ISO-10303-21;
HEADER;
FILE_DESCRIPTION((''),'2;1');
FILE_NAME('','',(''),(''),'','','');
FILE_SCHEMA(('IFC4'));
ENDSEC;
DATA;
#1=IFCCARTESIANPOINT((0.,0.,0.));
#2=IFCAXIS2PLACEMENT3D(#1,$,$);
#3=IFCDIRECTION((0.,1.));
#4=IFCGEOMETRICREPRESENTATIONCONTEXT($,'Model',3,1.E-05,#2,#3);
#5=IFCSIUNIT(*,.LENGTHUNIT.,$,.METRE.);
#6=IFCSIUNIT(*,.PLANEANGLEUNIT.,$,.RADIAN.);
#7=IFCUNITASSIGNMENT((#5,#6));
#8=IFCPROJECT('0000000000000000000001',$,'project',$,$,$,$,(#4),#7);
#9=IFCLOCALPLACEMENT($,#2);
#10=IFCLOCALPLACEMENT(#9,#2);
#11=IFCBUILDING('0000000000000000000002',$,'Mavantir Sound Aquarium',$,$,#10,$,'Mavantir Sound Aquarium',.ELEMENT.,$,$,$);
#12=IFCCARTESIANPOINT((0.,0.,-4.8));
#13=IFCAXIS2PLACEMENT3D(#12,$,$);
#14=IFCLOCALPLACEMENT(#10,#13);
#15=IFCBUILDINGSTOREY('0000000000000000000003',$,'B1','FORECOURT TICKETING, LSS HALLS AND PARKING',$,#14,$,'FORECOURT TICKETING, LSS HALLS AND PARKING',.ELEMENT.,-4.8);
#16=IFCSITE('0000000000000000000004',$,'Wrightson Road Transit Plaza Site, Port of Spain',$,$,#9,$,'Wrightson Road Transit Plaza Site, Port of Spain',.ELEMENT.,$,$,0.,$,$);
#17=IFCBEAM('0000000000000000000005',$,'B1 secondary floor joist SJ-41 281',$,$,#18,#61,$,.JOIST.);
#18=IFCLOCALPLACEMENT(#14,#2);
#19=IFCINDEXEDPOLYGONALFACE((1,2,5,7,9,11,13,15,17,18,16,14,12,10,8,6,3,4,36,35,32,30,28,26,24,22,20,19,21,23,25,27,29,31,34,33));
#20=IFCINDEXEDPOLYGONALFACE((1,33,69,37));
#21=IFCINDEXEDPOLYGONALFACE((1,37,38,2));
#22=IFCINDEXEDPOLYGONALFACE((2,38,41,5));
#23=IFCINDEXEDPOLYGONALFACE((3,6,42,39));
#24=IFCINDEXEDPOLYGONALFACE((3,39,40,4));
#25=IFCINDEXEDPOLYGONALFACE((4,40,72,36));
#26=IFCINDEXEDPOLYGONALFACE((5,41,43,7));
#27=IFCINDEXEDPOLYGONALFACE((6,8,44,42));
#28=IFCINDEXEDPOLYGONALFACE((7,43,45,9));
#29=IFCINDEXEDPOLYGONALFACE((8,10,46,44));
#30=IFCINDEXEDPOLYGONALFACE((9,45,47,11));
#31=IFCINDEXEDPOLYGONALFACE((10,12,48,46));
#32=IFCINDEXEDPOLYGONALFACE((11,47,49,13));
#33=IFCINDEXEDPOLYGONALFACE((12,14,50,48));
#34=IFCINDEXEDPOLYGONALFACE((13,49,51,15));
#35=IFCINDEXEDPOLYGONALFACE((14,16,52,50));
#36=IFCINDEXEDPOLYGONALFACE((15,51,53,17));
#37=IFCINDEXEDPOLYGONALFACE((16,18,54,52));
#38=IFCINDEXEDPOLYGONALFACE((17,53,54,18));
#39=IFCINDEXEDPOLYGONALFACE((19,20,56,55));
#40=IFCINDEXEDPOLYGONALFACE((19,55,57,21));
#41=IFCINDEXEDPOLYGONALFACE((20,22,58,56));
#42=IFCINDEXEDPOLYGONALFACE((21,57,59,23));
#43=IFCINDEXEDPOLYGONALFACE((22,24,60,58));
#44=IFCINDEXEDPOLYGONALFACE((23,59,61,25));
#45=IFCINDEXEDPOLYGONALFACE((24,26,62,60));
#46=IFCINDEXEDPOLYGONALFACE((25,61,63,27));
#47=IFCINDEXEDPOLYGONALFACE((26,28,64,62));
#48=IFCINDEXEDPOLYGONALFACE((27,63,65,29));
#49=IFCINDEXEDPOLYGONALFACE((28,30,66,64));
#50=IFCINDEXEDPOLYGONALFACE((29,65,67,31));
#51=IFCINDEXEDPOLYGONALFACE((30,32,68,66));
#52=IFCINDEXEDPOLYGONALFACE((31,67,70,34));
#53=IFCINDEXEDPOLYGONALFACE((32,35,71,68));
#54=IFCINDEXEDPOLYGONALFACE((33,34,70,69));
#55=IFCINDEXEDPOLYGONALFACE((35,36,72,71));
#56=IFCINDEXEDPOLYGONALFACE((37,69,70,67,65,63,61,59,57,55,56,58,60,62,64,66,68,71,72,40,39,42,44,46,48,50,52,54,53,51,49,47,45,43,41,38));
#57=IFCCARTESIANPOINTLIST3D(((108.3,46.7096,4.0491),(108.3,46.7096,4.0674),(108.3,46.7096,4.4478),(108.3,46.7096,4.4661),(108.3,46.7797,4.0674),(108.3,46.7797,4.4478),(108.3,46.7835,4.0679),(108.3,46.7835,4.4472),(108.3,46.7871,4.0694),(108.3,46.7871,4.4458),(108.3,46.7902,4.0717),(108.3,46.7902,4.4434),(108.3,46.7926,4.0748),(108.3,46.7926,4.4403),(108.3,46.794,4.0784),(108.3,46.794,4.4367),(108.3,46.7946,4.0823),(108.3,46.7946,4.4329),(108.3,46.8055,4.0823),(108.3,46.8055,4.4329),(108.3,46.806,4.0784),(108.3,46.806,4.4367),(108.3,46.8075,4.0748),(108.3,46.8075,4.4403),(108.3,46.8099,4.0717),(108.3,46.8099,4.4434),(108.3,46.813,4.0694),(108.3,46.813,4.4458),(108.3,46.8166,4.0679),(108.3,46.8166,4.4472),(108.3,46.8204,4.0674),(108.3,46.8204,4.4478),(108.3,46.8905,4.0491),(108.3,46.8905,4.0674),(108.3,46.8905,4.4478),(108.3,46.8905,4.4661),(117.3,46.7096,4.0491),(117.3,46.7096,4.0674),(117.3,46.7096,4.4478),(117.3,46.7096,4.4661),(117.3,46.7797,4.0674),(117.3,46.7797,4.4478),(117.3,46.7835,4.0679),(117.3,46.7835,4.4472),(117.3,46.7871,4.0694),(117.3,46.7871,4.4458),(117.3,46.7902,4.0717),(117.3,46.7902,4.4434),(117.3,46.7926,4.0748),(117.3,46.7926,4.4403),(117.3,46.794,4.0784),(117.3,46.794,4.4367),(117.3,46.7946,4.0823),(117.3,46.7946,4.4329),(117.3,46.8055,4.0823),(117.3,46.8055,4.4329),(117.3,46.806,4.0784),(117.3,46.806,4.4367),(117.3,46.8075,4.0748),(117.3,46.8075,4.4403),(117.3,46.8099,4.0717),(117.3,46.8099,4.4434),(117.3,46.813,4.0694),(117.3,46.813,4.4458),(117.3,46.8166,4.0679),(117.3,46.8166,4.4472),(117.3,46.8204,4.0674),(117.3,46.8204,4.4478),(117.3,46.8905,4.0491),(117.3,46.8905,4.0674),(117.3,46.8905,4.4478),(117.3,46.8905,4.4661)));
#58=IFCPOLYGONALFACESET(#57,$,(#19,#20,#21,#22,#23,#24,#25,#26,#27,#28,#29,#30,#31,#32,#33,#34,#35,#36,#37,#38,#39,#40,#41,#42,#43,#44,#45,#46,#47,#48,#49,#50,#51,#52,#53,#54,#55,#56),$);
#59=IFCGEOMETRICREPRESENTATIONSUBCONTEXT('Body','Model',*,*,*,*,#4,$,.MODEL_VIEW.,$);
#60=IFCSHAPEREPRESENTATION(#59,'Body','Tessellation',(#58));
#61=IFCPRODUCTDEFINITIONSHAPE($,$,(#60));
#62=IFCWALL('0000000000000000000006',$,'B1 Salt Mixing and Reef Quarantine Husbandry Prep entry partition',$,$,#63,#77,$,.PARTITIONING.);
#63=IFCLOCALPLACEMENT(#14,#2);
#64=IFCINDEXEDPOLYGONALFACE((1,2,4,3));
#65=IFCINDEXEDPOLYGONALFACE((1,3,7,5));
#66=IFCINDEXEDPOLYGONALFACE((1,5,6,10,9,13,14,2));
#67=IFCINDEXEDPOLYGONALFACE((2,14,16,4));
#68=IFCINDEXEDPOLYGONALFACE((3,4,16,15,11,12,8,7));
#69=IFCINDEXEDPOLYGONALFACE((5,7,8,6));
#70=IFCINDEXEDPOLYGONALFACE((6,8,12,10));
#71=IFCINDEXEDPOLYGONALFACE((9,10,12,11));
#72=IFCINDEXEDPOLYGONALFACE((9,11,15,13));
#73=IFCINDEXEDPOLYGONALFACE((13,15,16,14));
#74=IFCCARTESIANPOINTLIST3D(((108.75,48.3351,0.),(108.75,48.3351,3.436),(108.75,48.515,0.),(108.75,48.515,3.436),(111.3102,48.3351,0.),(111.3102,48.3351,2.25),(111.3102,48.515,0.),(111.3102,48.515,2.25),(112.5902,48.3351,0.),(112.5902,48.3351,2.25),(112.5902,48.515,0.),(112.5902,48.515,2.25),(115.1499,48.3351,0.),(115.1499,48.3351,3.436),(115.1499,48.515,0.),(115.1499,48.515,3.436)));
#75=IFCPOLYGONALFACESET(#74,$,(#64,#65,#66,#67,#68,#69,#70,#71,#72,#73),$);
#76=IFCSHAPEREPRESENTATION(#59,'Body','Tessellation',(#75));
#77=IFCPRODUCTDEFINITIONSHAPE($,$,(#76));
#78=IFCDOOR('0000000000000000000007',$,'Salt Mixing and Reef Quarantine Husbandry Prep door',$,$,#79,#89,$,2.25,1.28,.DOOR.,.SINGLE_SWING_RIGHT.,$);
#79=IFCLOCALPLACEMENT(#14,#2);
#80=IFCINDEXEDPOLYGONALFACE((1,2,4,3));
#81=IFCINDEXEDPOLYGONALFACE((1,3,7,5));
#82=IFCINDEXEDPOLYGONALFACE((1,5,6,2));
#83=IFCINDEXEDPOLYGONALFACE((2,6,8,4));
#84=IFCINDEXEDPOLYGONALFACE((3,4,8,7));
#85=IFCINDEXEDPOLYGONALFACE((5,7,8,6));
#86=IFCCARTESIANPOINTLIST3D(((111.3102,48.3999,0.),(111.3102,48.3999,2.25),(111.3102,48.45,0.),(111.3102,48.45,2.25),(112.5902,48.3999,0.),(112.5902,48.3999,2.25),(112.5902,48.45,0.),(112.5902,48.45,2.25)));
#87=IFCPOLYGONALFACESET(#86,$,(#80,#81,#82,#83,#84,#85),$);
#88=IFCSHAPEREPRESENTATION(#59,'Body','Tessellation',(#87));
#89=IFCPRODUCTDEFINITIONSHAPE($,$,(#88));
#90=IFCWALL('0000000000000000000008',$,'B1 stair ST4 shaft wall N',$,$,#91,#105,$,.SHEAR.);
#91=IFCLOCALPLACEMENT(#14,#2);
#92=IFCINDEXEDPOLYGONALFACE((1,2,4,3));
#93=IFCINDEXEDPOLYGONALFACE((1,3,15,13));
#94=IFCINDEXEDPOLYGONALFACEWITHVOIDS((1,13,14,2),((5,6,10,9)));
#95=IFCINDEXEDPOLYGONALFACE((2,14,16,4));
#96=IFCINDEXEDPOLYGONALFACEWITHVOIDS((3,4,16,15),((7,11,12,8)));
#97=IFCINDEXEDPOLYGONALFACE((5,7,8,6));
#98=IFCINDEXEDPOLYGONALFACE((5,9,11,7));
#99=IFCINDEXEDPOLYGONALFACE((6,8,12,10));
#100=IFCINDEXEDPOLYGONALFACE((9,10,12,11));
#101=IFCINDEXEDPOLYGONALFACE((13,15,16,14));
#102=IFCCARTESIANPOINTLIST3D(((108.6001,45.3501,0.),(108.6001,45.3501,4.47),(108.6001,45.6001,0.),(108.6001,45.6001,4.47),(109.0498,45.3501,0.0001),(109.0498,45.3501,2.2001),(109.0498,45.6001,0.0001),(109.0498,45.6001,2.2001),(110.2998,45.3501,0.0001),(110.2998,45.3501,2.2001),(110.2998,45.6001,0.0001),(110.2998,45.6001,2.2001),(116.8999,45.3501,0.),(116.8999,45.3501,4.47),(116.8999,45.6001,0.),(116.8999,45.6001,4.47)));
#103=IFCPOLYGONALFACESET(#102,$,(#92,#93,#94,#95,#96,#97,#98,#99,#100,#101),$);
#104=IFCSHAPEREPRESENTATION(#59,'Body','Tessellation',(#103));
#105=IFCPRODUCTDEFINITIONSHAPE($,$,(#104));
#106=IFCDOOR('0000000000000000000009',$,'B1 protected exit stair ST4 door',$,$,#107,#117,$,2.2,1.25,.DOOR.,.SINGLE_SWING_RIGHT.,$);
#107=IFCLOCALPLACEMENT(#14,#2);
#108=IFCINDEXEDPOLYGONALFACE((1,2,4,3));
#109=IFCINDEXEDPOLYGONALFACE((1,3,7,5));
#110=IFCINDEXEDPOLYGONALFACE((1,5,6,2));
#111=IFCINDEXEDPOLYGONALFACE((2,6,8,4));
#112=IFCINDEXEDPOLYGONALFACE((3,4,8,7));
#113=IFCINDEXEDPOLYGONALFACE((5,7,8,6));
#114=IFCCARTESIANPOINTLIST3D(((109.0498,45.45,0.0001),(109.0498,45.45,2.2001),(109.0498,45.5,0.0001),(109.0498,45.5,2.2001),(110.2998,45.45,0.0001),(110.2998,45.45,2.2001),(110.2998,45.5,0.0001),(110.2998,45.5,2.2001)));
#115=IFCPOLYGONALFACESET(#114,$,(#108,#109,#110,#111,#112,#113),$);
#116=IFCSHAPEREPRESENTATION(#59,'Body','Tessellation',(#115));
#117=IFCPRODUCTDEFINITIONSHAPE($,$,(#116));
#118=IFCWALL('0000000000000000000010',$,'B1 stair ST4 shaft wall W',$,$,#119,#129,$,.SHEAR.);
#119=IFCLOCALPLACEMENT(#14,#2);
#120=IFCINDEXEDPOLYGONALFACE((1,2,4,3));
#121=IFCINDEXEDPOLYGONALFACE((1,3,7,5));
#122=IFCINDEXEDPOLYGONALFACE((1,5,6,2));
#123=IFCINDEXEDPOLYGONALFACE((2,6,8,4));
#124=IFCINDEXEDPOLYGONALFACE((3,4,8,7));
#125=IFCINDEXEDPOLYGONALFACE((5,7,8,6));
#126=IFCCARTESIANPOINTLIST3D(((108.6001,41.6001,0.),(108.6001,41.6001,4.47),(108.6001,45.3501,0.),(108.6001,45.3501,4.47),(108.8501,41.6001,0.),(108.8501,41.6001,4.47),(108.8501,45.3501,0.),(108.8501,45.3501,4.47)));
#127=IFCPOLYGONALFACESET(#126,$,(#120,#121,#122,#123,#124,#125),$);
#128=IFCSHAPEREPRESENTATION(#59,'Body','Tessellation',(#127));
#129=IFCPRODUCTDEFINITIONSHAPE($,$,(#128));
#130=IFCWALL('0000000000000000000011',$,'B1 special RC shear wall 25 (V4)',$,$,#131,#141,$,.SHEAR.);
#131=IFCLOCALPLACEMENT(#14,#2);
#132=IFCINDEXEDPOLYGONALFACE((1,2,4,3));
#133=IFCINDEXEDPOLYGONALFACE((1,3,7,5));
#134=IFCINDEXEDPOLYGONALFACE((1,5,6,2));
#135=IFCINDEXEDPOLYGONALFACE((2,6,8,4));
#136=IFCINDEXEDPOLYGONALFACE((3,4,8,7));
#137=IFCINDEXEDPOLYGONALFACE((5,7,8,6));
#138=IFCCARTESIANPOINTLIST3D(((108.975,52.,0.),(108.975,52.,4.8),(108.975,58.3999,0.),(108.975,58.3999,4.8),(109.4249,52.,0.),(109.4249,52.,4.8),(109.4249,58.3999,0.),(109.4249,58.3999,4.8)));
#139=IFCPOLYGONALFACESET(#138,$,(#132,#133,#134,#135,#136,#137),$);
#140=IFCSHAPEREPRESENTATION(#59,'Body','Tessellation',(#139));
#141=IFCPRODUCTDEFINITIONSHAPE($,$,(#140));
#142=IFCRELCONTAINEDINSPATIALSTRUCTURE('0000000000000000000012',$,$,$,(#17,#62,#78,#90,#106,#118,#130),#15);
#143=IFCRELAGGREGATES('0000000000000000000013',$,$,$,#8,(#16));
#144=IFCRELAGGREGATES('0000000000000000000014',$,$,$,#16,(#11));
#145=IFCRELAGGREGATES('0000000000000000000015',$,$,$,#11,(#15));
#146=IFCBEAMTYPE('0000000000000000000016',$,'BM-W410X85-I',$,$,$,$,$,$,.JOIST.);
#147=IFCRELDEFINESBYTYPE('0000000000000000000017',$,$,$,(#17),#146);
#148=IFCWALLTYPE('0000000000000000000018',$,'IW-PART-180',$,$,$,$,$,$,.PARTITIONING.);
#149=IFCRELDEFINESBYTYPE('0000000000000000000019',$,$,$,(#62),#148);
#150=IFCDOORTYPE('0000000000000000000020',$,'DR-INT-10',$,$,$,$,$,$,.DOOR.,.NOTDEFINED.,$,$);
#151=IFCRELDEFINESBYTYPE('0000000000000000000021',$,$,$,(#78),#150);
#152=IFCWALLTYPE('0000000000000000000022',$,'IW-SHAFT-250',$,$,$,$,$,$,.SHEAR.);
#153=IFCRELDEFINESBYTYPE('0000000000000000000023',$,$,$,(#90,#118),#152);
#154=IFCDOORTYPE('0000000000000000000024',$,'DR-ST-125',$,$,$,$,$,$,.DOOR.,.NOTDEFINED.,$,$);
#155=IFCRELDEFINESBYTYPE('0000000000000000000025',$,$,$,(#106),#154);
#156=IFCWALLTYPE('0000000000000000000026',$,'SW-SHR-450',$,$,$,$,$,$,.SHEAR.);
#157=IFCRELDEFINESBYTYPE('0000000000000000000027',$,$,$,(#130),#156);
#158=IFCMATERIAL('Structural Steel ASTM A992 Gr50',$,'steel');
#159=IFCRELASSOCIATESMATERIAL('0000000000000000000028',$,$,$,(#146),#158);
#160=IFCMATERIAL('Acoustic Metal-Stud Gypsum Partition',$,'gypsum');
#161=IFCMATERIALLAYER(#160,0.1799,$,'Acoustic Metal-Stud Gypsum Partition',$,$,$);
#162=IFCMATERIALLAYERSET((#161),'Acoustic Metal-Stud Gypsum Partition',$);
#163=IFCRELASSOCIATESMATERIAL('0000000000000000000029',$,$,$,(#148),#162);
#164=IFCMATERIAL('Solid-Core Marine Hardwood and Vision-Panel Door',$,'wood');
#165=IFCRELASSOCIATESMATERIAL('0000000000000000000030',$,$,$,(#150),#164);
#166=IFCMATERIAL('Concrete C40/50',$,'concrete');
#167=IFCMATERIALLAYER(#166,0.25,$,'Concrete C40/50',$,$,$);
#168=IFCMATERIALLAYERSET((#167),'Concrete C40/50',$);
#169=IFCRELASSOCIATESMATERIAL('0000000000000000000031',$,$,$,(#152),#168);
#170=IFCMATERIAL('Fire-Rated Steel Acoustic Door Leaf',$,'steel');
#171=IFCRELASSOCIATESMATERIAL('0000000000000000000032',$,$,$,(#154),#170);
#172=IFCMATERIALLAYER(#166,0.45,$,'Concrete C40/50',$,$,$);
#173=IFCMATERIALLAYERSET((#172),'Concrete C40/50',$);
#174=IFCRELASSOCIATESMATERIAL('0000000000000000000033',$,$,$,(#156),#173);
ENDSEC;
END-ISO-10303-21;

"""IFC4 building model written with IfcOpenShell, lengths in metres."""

from ifc_helpers import new_model, si_unit, direction, frame, frame_2d, origin, origin_2d, place, context, subcontext, project, spatial, rectangle, i_section, extrude, material, layer, layer_set, material_profile, profile_set, type_object, element, fill, save


model = new_model("IFC4")

# Units and contexts
model_context = context("Model", 3, precision=1e-05, world=origin(), true_north=direction((0.0, 1.0)))
body_context = subcontext(model_context, "Body", "Model", "MODEL_VIEW")
ifc_project = project(units=[si_unit("LENGTHUNIT", "METRE"), si_unit("PLANEANGLEUNIT", "RADIAN")], contexts=[model_context])

# Site, building, storey
site_placement = place(None, origin())
site = spatial("IfcSite", under=ifc_project, at=site_placement, Name="Wrightson Road Transit Plaza Site, Port of Spain", LongName="Wrightson Road Transit Plaza Site, Port of Spain", CompositionType="ELEMENT", RefElevation=0.0)
building_placement = place(site_placement, origin())
building = spatial("IfcBuilding", under=site, at=building_placement, Name="Mavantir Sound Aquarium", LongName="Mavantir Sound Aquarium", CompositionType="ELEMENT")
storey_placement = place(building_placement, frame((0.0, 0.0, -4.8)))
storey = spatial("IfcBuildingStorey", under=building, at=storey_placement, Name="B1", Description="FORECOURT TICKETING, LSS HALLS AND PARKING", LongName="FORECOURT TICKETING, LSS HALLS AND PARKING", CompositionType="ELEMENT", Elevation=-4.8)

# Shared definitions
ifc_material_1 = material(Name="Concrete C40/50", Category="concrete")

# Beam
ifc_material_2 = material(Name="Structural Steel ASTM A992 Gr50", Category="steel")
ifc_material_profile_1 = material_profile(ifc_material_2, i_section(OverallWidth=0.1809, OverallDepth=0.417, WebThickness=0.011, FlangeThickness=0.0183, FilletRadius=0.0149, at=origin_2d()), Name="W410X85")
ifc_profile_set_1 = profile_set([ifc_material_profile_1], Name="Structural Steel ASTM A992 Gr50")
beam_type_1 = type_object("IfcBeamType", Name="BM-W410X85-I", PredefinedType="JOIST", material=ifc_profile_set_1)
beam_1_placement = place(storey_placement, frame((108.3, 46.8, 4.2576), z_axis=(1.0, 0.0, 0.0), x_axis=(0.0, 1.0, 0.0)))
element("IfcBeam", 1, at=beam_1_placement, inside=storey, type_object=beam_type_1, Name="B1 secondary floor joist SJ-41 281", PredefinedType="JOIST", context=body_context, shape_type="SweptSolid", body=[
    extrude(i_section(OverallWidth=0.1809, OverallDepth=0.417, WebThickness=0.011, FlangeThickness=0.0183, FilletRadius=0.0149, at=origin_2d()), origin(), (0.0, 0.0, 1.0), 9.0),
])

# Walls, openings, doors
ifc_material_3 = material(Name="Acoustic Metal-Stud Gypsum Partition", Category="gypsum")
ifc_layer_1 = layer(ifc_material_3, 0.1799, Name="Acoustic Metal-Stud Gypsum Partition")
ifc_layer_set_1 = layer_set([ifc_layer_1], Name="Acoustic Metal-Stud Gypsum Partition")
wall_type_1 = type_object("IfcWallType", Name="IW-PART-180", PredefinedType="PARTITIONING", material=ifc_layer_set_1)
wall_1_placement = place(storey_placement, frame((108.75, 48.425, 0.0), z_axis=(0.0, 0.0, 1.0), x_axis=(1.0, 0.0, 0.0)))
wall_1 = element("IfcWall", 2, at=wall_1_placement, inside=storey, type_object=wall_type_1, Name="B1 Salt Mixing and Reef Quarantine Husbandry Prep entry partition", PredefinedType="PARTITIONING", context=body_context, shape_type="SweptSolid", body=[
    extrude(rectangle(XDim=6.3999, YDim=0.1799, at=frame_2d((3.2, 0.0))), origin(), (0.0, 0.0, 1.0), 3.436),
])
opening_1_placement = place(wall_1_placement, frame((2.5601, 0.0, 0.0)))
opening_1 = element("IfcOpeningElement", 3, at=opening_1_placement, cuts=wall_1, PredefinedType="OPENING", context=body_context, shape_type="SweptSolid", body=[
    extrude(rectangle(XDim=1.28, YDim=2.25, at=frame_2d((0.6401, 1.125))), frame((0.0, 0.1001, 0.0), z_axis=(0.0, -1.0, 0.0), x_axis=(1.0, 0.0, 0.0)), (0.0, 0.0, 1.0), 0.2),
])
ifc_material_4 = material(Name="Solid-Core Marine Hardwood and Vision-Panel Door", Category="wood")
door_type_1 = type_object("IfcDoorType", Name="DR-INT-10", OperationType="NOTDEFINED", PredefinedType="DOOR", material=ifc_material_4)
door_1_placement = place(opening_1_placement, origin())
door_1 = element("IfcDoor", 4, at=door_1_placement, inside=storey, type_object=door_type_1, Name="Salt Mixing and Reef Quarantine Husbandry Prep door", OperationType="SINGLE_SWING_RIGHT", OverallHeight=2.25, OverallWidth=1.28, PredefinedType="DOOR", context=body_context, shape_type="SweptSolid", body=[
    extrude(rectangle(XDim=1.28, YDim=2.25, at=frame_2d((0.6401, 1.125))), frame((0.0, 0.0249, 0.0), z_axis=(0.0, -1.0, 0.0), x_axis=(1.0, 0.0, 0.0)), (0.0, 0.0, 1.0), 0.05),
])
fill(opening_1, door_1)
ifc_layer_2 = layer(ifc_material_1, 0.25, Name="Concrete C40/50")
ifc_layer_set_2 = layer_set([ifc_layer_2], Name="Concrete C40/50")
wall_type_2 = type_object("IfcWallType", Name="IW-SHAFT-250", PredefinedType="SHEAR", material=ifc_layer_set_2)
wall_2_placement = place(storey_placement, frame((116.8999, 45.4751, 0.0), z_axis=(0.0, 0.0, 1.0), x_axis=(-1.0, 0.0, 0.0)))
wall_2 = element("IfcWall", 5, at=wall_2_placement, inside=storey, type_object=wall_type_2, Name="B1 stair ST4 shaft wall N", PredefinedType="SHEAR", context=body_context, shape_type="SweptSolid", body=[
    extrude(rectangle(XDim=8.2998, YDim=0.25, at=frame_2d((4.1499, 0.0))), origin(), (0.0, 0.0, 1.0), 4.47),
])
opening_2_placement = place(wall_2_placement, frame((7.8501, 0.0, 0.0), z_axis=(0.0, 0.0, 1.0), x_axis=(-1.0, 0.0, 0.0)))
opening_2 = element("IfcOpeningElement", 6, at=opening_2_placement, cuts=wall_2, PredefinedType="OPENING", context=body_context, shape_type="SweptSolid", body=[
    extrude(rectangle(XDim=1.25, YDim=2.2, at=frame_2d((0.625, 1.1001))), frame((0.0, 0.135, 0.0), z_axis=(0.0, -1.0, 0.0), x_axis=(1.0, 0.0, 0.0)), (0.0, 0.0, 1.0), 0.27),
])
ifc_material_5 = material(Name="Fire-Rated Steel Acoustic Door Leaf", Category="steel")
door_type_2 = type_object("IfcDoorType", Name="DR-ST-125", OperationType="NOTDEFINED", PredefinedType="DOOR", material=ifc_material_5)
door_2_placement = place(opening_2_placement, origin())
door_2 = element("IfcDoor", 7, at=door_2_placement, inside=storey, type_object=door_type_2, Name="B1 protected exit stair ST4 door", OperationType="SINGLE_SWING_RIGHT", OverallHeight=2.2, OverallWidth=1.25, PredefinedType="DOOR", context=body_context, shape_type="SweptSolid", body=[
    extrude(rectangle(XDim=1.25, YDim=2.2, at=frame_2d((0.625, 1.1001))), frame((0.0, 0.0249, 0.0), z_axis=(0.0, -1.0, 0.0), x_axis=(1.0, 0.0, 0.0)), (0.0, 0.0, 1.0), 0.05),
])
fill(opening_2, door_2)

# Walls
wall_3_placement = place(storey_placement, frame((108.7251, 45.3501, 0.0), z_axis=(0.0, 0.0, 1.0), x_axis=(0.0, -1.0, 0.0)))
element("IfcWall", 8, at=wall_3_placement, inside=storey, type_object=wall_type_2, Name="B1 stair ST4 shaft wall W", PredefinedType="SHEAR", context=body_context, shape_type="SweptSolid", body=[
    extrude(rectangle(XDim=3.75, YDim=0.25, at=frame_2d((1.875, 0.0))), origin(), (0.0, 0.0, 1.0), 4.47),
])
ifc_layer_3 = layer(ifc_material_1, 0.45, Name="Concrete C40/50")
ifc_layer_set_3 = layer_set([ifc_layer_3], Name="Concrete C40/50")
wall_type_3 = type_object("IfcWallType", Name="SW-SHR-450", PredefinedType="SHEAR", material=ifc_layer_set_3)
wall_4_placement = place(storey_placement, frame((109.2, 52.0, 0.0), z_axis=(0.0, 0.0, 1.0), x_axis=(0.0, 1.0, 0.0)))
element("IfcWall", 9, at=wall_4_placement, inside=storey, type_object=wall_type_3, Name="B1 special RC shear wall 25 (V4)", PredefinedType="SHEAR", context=body_context, shape_type="SweptSolid", body=[
    extrude(rectangle(XDim=6.3999, YDim=0.45, at=frame_2d((3.2, 0.0))), origin(), (0.0, 0.0, 1.0), 4.8),
])

save(model, "model.ifc")
